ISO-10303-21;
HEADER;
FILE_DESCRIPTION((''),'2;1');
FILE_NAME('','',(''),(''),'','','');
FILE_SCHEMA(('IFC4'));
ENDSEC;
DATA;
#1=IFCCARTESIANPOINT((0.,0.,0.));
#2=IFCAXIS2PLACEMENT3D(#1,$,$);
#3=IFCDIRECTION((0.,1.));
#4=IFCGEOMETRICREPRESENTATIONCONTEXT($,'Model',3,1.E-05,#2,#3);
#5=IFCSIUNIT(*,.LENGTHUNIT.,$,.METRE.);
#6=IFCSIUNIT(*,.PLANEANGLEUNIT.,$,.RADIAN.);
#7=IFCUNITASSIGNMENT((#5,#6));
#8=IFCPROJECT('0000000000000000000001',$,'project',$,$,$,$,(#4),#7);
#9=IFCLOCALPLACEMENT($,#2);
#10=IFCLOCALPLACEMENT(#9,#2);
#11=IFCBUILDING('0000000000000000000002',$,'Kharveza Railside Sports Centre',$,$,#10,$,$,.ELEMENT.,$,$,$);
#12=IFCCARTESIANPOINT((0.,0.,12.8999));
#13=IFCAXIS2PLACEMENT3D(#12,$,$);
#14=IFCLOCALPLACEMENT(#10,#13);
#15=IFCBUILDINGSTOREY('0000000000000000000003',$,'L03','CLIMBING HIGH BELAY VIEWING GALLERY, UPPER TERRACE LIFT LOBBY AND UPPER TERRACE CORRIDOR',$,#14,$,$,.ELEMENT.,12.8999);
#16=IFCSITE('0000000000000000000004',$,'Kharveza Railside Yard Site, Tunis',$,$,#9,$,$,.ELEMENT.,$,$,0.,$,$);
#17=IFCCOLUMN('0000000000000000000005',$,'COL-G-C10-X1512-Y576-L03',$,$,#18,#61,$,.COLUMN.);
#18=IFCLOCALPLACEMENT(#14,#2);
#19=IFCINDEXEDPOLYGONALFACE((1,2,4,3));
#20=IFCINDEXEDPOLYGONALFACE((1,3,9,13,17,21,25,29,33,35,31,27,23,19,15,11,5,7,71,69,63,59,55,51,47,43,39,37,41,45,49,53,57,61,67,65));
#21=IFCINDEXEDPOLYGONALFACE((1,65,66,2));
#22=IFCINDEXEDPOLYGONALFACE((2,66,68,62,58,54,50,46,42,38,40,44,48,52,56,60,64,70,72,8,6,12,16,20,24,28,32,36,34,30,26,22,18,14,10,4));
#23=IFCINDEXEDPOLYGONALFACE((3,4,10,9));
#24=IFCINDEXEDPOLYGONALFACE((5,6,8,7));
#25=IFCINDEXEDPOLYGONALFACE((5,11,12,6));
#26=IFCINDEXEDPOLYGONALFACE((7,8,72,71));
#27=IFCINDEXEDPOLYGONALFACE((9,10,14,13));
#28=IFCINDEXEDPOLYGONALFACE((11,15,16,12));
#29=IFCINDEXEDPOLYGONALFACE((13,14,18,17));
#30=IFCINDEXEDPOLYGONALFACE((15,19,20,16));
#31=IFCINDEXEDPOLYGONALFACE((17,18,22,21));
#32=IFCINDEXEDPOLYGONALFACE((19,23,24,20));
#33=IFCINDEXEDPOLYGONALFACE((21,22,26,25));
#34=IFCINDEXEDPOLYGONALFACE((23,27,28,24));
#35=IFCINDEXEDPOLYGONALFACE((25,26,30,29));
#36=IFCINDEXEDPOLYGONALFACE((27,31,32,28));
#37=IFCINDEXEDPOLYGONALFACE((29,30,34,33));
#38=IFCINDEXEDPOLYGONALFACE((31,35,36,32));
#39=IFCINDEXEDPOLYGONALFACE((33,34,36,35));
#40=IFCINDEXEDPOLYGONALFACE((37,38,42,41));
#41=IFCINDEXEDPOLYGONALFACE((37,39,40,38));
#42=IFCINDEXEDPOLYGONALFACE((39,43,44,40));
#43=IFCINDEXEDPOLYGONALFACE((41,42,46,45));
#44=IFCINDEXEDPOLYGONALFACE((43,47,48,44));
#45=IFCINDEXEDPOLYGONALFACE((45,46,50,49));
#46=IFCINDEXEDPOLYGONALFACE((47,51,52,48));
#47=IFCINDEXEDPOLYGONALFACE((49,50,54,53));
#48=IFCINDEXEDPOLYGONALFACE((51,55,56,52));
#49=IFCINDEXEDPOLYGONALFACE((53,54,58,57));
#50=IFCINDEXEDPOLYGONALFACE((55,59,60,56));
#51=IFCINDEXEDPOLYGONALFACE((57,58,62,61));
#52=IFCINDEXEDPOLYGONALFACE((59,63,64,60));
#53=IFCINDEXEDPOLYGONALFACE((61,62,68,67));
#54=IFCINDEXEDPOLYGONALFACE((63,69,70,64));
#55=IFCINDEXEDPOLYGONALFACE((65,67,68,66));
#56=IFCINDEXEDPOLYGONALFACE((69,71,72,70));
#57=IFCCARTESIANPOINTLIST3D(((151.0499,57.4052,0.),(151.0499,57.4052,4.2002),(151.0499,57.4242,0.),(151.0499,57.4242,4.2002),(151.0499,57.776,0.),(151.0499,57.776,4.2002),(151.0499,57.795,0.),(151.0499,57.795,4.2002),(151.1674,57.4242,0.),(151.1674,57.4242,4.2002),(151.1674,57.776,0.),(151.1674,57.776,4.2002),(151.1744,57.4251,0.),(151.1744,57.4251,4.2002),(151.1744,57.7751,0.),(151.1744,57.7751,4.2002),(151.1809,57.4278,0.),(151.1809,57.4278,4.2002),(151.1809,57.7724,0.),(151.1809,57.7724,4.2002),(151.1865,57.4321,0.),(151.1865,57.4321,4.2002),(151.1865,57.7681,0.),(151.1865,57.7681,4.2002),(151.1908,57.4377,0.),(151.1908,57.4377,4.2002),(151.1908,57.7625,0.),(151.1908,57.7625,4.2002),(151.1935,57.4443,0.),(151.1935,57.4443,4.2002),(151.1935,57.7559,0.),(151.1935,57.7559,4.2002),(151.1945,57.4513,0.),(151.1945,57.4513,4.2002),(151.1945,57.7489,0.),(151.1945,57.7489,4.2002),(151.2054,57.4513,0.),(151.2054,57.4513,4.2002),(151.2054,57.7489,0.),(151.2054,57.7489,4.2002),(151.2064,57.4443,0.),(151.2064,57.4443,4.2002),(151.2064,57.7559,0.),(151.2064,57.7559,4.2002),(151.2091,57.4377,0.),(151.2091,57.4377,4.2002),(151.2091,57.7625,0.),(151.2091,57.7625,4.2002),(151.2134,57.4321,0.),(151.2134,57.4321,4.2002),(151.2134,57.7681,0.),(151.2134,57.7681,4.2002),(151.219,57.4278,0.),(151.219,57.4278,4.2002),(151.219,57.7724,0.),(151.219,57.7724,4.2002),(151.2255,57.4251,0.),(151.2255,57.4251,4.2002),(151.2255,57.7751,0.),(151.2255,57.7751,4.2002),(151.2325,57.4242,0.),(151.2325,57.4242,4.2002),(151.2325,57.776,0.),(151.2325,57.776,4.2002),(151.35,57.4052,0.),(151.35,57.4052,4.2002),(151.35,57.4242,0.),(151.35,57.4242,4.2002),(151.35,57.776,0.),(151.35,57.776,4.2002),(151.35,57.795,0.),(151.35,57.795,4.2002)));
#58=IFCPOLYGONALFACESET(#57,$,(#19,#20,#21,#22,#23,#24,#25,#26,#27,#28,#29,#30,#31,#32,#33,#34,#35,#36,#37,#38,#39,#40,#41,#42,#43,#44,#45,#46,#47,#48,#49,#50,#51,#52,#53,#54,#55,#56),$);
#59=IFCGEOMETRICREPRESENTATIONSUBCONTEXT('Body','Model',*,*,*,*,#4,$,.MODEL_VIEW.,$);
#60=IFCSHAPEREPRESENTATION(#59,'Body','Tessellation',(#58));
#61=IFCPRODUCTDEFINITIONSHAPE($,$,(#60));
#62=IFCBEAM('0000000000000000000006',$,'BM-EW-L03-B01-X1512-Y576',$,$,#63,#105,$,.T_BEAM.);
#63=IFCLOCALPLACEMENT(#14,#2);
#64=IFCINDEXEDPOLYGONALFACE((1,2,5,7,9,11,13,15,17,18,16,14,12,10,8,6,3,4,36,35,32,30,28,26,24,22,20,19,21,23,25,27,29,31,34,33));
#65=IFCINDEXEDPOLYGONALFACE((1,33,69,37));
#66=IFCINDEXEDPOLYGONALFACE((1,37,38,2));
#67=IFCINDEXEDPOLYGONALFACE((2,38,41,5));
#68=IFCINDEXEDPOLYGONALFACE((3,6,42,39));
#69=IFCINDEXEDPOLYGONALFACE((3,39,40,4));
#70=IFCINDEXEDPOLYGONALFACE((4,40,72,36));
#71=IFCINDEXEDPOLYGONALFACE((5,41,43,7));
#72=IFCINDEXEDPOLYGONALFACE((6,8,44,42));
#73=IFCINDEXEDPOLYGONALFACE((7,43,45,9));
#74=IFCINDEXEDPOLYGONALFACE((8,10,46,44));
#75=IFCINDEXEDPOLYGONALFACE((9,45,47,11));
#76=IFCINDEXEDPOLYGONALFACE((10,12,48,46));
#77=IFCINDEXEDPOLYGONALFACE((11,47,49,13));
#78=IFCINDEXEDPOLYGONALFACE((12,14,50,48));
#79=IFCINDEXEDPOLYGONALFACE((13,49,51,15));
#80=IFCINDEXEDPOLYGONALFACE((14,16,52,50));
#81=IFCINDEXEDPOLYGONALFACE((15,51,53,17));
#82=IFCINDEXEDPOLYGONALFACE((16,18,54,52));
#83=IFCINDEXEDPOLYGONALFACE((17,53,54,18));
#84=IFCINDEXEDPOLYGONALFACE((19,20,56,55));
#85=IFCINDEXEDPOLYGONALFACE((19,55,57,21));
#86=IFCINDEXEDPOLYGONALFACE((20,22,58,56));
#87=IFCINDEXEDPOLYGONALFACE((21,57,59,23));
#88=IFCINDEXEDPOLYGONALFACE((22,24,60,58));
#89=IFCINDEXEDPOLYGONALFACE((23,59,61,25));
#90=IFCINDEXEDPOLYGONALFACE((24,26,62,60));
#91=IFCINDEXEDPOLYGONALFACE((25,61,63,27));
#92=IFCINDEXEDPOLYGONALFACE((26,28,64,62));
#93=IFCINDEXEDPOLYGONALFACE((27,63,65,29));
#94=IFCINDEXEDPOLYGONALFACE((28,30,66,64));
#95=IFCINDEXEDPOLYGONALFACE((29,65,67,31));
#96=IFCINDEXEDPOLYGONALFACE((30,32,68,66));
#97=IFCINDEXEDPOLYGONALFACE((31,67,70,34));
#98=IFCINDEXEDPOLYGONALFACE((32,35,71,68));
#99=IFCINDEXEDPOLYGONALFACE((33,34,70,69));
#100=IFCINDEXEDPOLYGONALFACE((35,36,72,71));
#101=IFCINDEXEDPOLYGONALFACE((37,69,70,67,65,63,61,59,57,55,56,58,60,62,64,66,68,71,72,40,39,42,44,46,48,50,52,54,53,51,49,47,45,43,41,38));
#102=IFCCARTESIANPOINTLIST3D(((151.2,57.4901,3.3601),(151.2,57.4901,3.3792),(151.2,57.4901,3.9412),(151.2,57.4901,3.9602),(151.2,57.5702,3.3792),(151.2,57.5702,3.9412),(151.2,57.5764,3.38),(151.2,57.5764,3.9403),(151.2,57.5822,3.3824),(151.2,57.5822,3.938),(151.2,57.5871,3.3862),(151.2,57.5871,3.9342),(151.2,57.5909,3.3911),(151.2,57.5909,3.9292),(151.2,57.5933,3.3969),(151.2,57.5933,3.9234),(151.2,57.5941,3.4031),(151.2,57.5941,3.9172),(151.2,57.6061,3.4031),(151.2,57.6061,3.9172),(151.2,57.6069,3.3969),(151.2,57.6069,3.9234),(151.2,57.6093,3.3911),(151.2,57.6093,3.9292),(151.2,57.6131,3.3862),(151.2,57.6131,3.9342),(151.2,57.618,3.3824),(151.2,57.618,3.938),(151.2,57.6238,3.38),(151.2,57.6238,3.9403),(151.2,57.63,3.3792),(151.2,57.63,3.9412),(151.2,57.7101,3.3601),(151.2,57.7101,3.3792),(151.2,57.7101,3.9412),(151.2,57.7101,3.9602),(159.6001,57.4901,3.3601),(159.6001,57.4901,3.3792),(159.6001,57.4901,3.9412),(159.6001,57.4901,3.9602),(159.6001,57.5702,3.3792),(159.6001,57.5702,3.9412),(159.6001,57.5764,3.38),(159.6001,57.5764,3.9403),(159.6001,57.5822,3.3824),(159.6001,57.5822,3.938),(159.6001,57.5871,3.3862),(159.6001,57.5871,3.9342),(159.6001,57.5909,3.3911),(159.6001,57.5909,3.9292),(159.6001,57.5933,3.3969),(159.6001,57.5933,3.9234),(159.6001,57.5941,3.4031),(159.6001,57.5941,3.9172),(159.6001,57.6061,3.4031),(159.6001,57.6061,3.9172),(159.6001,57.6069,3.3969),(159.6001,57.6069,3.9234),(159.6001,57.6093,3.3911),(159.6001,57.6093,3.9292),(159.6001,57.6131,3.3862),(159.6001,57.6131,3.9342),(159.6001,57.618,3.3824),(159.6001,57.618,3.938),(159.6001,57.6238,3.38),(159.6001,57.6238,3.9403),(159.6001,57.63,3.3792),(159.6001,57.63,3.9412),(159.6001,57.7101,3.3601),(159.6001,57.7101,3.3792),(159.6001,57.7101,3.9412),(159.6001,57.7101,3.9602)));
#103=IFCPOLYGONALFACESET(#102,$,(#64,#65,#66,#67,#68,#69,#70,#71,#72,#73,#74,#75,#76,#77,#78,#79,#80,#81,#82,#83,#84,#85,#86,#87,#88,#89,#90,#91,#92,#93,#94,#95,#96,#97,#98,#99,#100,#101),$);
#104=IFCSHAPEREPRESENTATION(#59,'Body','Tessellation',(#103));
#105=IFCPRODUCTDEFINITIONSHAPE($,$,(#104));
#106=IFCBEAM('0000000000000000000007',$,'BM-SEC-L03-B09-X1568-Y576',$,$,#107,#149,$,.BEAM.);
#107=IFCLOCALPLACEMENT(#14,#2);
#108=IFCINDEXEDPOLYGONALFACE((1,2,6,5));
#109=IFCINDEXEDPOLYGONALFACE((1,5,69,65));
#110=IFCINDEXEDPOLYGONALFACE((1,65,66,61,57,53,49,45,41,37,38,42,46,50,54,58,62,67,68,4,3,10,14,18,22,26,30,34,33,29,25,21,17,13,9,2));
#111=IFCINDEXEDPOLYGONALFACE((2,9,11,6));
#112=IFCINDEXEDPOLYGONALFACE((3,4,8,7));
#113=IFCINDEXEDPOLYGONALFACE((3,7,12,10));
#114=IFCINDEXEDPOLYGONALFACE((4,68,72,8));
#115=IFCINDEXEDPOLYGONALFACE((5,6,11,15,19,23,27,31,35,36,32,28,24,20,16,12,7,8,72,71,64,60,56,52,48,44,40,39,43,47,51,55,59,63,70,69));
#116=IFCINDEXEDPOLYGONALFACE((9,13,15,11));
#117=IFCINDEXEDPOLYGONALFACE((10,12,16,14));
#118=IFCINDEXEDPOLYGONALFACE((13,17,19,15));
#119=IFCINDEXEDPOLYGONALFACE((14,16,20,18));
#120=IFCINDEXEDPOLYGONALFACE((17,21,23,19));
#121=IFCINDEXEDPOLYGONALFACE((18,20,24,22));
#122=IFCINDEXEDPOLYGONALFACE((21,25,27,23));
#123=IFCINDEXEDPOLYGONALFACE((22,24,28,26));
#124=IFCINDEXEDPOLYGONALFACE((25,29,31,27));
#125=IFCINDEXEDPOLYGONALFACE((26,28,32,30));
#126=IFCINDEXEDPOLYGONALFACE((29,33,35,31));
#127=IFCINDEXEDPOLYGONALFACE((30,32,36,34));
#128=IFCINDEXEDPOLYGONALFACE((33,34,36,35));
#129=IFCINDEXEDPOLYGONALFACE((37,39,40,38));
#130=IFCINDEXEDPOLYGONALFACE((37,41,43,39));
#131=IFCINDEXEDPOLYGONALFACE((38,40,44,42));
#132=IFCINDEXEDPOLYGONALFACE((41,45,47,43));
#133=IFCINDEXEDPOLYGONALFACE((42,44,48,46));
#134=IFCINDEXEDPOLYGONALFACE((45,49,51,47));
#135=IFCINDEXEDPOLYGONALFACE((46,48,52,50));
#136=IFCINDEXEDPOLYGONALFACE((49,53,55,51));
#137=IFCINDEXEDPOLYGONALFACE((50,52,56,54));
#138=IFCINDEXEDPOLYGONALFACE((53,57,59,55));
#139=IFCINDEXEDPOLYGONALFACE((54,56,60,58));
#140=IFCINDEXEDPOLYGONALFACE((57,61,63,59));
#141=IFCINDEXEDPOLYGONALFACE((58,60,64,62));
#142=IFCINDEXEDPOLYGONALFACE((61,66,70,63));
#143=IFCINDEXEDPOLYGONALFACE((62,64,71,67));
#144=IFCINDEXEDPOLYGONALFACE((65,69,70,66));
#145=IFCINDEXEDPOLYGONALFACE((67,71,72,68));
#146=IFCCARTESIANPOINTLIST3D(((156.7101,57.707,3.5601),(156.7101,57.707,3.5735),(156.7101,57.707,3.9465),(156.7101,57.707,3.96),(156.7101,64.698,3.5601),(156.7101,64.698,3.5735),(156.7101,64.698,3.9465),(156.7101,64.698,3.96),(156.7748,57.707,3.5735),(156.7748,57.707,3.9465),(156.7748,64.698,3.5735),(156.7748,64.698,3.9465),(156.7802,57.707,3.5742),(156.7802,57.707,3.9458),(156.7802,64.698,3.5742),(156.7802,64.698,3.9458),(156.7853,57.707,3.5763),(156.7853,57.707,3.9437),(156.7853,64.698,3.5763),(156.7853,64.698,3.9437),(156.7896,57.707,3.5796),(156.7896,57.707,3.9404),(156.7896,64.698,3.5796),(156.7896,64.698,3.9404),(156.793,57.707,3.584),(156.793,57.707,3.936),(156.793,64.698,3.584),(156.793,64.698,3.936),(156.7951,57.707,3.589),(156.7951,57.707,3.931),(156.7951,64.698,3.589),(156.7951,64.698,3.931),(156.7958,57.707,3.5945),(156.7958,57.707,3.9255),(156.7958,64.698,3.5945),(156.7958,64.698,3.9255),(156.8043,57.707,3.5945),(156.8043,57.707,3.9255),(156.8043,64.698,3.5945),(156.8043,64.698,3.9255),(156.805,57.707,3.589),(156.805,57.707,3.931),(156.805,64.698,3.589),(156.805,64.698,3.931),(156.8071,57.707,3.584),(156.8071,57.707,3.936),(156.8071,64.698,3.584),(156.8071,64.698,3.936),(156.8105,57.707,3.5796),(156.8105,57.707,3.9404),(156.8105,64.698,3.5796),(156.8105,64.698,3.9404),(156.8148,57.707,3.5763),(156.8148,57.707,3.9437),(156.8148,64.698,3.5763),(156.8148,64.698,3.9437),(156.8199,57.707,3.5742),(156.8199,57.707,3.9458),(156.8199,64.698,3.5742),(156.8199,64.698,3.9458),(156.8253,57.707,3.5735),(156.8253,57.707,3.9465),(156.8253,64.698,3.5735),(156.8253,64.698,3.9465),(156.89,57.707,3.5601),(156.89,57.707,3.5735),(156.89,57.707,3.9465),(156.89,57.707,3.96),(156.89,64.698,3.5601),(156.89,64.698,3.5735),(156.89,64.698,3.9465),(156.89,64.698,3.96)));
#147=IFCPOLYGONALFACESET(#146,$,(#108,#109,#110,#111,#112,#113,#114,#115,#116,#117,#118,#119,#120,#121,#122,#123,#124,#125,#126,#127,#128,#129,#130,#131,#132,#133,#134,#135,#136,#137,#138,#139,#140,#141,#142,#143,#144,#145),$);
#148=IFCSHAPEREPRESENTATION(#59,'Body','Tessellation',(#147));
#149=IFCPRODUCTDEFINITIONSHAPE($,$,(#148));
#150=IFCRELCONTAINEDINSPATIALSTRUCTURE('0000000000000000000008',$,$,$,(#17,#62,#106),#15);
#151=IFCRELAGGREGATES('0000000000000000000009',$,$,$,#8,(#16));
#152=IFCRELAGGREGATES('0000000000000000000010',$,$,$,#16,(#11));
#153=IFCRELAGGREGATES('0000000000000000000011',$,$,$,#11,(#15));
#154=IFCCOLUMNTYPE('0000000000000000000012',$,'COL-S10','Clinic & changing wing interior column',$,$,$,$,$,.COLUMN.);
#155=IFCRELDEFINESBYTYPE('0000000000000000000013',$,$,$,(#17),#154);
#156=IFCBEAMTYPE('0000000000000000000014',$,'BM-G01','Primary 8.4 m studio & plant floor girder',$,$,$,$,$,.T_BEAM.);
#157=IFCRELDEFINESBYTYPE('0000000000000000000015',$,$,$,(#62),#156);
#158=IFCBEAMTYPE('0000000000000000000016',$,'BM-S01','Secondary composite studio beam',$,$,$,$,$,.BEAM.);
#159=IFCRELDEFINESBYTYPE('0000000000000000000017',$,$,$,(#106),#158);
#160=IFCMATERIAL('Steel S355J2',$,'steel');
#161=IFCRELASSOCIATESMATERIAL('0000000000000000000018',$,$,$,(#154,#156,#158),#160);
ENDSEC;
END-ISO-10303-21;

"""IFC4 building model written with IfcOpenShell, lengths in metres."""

from ifc_helpers import new_model, si_unit, direction, frame, origin, origin_2d, place, context, subcontext, project, spatial, i_section, extrude, material, material_profile, profile_set, type_object, element, save


model = new_model("IFC4")

# Units and contexts
model_context = context("Model", 3, precision=1e-05, world=origin(), true_north=direction((0.0, 1.0)))
body_context = subcontext(model_context, "Body", "Model", "MODEL_VIEW")
ifc_project = project(units=[si_unit("LENGTHUNIT", "METRE"), si_unit("PLANEANGLEUNIT", "RADIAN")], contexts=[model_context])

# Site, building, storey
site_placement = place(None, origin())
site = spatial("IfcSite", under=ifc_project, at=site_placement, Name="Kharveza Railside Yard Site, Tunis", CompositionType="ELEMENT", RefElevation=0.0)
building_placement = place(site_placement, origin())
building = spatial("IfcBuilding", under=site, at=building_placement, Name="Kharveza Railside Sports Centre", CompositionType="ELEMENT")
storey_placement = place(building_placement, frame((0.0, 0.0, 12.8999)))
storey = spatial("IfcBuildingStorey", under=building, at=storey_placement, Name="L03", Description="CLIMBING HIGH BELAY VIEWING GALLERY, UPPER TERRACE LIFT LOBBY AND UPPER TERRACE CORRIDOR", CompositionType="ELEMENT", Elevation=12.8999)

# Column
ifc_material_1 = material(Name="Steel S355J2", Category="steel")
ifc_material_profile_1 = material_profile(ifc_material_1, i_section(OverallWidth=0.3, OverallDepth=0.3899, WebThickness=0.011, FlangeThickness=0.019, FilletRadius=0.0271, at=origin_2d()), Name="HEA 400")
ifc_profile_set_1 = profile_set([ifc_material_profile_1], Name="Steel S355J2")
column_type = type_object("IfcColumnType", Name="COL-S10", Description="Clinic & changing wing interior column", PredefinedType="COLUMN", material=ifc_profile_set_1)
column_placement = place(storey_placement, frame((151.2, 57.6001, 0.0), z_axis=(0.0, 0.0, 1.0), x_axis=(1.0, 0.0, 0.0)))
element("IfcColumn", 1, at=column_placement, inside=storey, type_object=column_type, Name="COL-G-C10-X1512-Y576-L03", PredefinedType="COLUMN", context=body_context, shape_type="SweptSolid", body=[
    extrude(i_section(OverallWidth=0.3, OverallDepth=0.3899, WebThickness=0.011, FlangeThickness=0.019, FilletRadius=0.0271, at=origin_2d()), origin(), (0.0, 0.0, 1.0), 4.2002),
])

# Beams
ifc_material_profile_2 = material_profile(ifc_material_1, i_section(OverallWidth=0.22, OverallDepth=0.6001, WebThickness=0.012, FlangeThickness=0.019, FilletRadius=0.0239, at=origin_2d()), Name="IPE 600")
ifc_profile_set_2 = profile_set([ifc_material_profile_2], Name="Steel S355J2")
beam_type_1 = type_object("IfcBeamType", Name="BM-G01", Description="Primary 8.4 m studio & plant floor girder", PredefinedType="T_BEAM", material=ifc_profile_set_2)
beam_1_placement = place(storey_placement, frame((151.2, 57.6001, 3.6602), z_axis=(1.0, 0.0, 0.0), x_axis=(0.0, 1.0, 0.0)))
element("IfcBeam", 2, at=beam_1_placement, inside=storey, type_object=beam_type_1, Name="BM-EW-L03-B01-X1512-Y576", PredefinedType="T_BEAM", context=body_context, shape_type="SweptSolid", body=[
    extrude(i_section(OverallWidth=0.22, OverallDepth=0.6001, WebThickness=0.012, FlangeThickness=0.019, FilletRadius=0.0239, at=origin_2d()), origin(), (0.0, 0.0, 1.0), 8.4001),
])
ifc_material_profile_3 = material_profile(ifc_material_1, i_section(OverallWidth=0.1799, OverallDepth=0.3999, WebThickness=0.0085, FlangeThickness=0.0134, FilletRadius=0.021, at=origin_2d()), Name="IPE 400")
ifc_profile_set_3 = profile_set([ifc_material_profile_3], Name="Steel S355J2")
beam_type_2 = type_object("IfcBeamType", Name="BM-S01", Description="Secondary composite studio beam", PredefinedType="BEAM", material=ifc_profile_set_3)
beam_2_placement = place(storey_placement, frame((156.8, 57.707, 3.76), z_axis=(0.0, 1.0, 0.0), x_axis=(-1.0, 0.0, 0.0)))
element("IfcBeam", 3, at=beam_2_placement, inside=storey, type_object=beam_type_2, Name="BM-SEC-L03-B09-X1568-Y576", PredefinedType="BEAM", context=body_context, shape_type="SweptSolid", body=[
    extrude(i_section(OverallWidth=0.1799, OverallDepth=0.3999, WebThickness=0.0085, FlangeThickness=0.0134, FilletRadius=0.021, at=origin_2d()), origin(), (0.0, 0.0, 1.0), 6.991),
])

save(model, "model.ifc")
